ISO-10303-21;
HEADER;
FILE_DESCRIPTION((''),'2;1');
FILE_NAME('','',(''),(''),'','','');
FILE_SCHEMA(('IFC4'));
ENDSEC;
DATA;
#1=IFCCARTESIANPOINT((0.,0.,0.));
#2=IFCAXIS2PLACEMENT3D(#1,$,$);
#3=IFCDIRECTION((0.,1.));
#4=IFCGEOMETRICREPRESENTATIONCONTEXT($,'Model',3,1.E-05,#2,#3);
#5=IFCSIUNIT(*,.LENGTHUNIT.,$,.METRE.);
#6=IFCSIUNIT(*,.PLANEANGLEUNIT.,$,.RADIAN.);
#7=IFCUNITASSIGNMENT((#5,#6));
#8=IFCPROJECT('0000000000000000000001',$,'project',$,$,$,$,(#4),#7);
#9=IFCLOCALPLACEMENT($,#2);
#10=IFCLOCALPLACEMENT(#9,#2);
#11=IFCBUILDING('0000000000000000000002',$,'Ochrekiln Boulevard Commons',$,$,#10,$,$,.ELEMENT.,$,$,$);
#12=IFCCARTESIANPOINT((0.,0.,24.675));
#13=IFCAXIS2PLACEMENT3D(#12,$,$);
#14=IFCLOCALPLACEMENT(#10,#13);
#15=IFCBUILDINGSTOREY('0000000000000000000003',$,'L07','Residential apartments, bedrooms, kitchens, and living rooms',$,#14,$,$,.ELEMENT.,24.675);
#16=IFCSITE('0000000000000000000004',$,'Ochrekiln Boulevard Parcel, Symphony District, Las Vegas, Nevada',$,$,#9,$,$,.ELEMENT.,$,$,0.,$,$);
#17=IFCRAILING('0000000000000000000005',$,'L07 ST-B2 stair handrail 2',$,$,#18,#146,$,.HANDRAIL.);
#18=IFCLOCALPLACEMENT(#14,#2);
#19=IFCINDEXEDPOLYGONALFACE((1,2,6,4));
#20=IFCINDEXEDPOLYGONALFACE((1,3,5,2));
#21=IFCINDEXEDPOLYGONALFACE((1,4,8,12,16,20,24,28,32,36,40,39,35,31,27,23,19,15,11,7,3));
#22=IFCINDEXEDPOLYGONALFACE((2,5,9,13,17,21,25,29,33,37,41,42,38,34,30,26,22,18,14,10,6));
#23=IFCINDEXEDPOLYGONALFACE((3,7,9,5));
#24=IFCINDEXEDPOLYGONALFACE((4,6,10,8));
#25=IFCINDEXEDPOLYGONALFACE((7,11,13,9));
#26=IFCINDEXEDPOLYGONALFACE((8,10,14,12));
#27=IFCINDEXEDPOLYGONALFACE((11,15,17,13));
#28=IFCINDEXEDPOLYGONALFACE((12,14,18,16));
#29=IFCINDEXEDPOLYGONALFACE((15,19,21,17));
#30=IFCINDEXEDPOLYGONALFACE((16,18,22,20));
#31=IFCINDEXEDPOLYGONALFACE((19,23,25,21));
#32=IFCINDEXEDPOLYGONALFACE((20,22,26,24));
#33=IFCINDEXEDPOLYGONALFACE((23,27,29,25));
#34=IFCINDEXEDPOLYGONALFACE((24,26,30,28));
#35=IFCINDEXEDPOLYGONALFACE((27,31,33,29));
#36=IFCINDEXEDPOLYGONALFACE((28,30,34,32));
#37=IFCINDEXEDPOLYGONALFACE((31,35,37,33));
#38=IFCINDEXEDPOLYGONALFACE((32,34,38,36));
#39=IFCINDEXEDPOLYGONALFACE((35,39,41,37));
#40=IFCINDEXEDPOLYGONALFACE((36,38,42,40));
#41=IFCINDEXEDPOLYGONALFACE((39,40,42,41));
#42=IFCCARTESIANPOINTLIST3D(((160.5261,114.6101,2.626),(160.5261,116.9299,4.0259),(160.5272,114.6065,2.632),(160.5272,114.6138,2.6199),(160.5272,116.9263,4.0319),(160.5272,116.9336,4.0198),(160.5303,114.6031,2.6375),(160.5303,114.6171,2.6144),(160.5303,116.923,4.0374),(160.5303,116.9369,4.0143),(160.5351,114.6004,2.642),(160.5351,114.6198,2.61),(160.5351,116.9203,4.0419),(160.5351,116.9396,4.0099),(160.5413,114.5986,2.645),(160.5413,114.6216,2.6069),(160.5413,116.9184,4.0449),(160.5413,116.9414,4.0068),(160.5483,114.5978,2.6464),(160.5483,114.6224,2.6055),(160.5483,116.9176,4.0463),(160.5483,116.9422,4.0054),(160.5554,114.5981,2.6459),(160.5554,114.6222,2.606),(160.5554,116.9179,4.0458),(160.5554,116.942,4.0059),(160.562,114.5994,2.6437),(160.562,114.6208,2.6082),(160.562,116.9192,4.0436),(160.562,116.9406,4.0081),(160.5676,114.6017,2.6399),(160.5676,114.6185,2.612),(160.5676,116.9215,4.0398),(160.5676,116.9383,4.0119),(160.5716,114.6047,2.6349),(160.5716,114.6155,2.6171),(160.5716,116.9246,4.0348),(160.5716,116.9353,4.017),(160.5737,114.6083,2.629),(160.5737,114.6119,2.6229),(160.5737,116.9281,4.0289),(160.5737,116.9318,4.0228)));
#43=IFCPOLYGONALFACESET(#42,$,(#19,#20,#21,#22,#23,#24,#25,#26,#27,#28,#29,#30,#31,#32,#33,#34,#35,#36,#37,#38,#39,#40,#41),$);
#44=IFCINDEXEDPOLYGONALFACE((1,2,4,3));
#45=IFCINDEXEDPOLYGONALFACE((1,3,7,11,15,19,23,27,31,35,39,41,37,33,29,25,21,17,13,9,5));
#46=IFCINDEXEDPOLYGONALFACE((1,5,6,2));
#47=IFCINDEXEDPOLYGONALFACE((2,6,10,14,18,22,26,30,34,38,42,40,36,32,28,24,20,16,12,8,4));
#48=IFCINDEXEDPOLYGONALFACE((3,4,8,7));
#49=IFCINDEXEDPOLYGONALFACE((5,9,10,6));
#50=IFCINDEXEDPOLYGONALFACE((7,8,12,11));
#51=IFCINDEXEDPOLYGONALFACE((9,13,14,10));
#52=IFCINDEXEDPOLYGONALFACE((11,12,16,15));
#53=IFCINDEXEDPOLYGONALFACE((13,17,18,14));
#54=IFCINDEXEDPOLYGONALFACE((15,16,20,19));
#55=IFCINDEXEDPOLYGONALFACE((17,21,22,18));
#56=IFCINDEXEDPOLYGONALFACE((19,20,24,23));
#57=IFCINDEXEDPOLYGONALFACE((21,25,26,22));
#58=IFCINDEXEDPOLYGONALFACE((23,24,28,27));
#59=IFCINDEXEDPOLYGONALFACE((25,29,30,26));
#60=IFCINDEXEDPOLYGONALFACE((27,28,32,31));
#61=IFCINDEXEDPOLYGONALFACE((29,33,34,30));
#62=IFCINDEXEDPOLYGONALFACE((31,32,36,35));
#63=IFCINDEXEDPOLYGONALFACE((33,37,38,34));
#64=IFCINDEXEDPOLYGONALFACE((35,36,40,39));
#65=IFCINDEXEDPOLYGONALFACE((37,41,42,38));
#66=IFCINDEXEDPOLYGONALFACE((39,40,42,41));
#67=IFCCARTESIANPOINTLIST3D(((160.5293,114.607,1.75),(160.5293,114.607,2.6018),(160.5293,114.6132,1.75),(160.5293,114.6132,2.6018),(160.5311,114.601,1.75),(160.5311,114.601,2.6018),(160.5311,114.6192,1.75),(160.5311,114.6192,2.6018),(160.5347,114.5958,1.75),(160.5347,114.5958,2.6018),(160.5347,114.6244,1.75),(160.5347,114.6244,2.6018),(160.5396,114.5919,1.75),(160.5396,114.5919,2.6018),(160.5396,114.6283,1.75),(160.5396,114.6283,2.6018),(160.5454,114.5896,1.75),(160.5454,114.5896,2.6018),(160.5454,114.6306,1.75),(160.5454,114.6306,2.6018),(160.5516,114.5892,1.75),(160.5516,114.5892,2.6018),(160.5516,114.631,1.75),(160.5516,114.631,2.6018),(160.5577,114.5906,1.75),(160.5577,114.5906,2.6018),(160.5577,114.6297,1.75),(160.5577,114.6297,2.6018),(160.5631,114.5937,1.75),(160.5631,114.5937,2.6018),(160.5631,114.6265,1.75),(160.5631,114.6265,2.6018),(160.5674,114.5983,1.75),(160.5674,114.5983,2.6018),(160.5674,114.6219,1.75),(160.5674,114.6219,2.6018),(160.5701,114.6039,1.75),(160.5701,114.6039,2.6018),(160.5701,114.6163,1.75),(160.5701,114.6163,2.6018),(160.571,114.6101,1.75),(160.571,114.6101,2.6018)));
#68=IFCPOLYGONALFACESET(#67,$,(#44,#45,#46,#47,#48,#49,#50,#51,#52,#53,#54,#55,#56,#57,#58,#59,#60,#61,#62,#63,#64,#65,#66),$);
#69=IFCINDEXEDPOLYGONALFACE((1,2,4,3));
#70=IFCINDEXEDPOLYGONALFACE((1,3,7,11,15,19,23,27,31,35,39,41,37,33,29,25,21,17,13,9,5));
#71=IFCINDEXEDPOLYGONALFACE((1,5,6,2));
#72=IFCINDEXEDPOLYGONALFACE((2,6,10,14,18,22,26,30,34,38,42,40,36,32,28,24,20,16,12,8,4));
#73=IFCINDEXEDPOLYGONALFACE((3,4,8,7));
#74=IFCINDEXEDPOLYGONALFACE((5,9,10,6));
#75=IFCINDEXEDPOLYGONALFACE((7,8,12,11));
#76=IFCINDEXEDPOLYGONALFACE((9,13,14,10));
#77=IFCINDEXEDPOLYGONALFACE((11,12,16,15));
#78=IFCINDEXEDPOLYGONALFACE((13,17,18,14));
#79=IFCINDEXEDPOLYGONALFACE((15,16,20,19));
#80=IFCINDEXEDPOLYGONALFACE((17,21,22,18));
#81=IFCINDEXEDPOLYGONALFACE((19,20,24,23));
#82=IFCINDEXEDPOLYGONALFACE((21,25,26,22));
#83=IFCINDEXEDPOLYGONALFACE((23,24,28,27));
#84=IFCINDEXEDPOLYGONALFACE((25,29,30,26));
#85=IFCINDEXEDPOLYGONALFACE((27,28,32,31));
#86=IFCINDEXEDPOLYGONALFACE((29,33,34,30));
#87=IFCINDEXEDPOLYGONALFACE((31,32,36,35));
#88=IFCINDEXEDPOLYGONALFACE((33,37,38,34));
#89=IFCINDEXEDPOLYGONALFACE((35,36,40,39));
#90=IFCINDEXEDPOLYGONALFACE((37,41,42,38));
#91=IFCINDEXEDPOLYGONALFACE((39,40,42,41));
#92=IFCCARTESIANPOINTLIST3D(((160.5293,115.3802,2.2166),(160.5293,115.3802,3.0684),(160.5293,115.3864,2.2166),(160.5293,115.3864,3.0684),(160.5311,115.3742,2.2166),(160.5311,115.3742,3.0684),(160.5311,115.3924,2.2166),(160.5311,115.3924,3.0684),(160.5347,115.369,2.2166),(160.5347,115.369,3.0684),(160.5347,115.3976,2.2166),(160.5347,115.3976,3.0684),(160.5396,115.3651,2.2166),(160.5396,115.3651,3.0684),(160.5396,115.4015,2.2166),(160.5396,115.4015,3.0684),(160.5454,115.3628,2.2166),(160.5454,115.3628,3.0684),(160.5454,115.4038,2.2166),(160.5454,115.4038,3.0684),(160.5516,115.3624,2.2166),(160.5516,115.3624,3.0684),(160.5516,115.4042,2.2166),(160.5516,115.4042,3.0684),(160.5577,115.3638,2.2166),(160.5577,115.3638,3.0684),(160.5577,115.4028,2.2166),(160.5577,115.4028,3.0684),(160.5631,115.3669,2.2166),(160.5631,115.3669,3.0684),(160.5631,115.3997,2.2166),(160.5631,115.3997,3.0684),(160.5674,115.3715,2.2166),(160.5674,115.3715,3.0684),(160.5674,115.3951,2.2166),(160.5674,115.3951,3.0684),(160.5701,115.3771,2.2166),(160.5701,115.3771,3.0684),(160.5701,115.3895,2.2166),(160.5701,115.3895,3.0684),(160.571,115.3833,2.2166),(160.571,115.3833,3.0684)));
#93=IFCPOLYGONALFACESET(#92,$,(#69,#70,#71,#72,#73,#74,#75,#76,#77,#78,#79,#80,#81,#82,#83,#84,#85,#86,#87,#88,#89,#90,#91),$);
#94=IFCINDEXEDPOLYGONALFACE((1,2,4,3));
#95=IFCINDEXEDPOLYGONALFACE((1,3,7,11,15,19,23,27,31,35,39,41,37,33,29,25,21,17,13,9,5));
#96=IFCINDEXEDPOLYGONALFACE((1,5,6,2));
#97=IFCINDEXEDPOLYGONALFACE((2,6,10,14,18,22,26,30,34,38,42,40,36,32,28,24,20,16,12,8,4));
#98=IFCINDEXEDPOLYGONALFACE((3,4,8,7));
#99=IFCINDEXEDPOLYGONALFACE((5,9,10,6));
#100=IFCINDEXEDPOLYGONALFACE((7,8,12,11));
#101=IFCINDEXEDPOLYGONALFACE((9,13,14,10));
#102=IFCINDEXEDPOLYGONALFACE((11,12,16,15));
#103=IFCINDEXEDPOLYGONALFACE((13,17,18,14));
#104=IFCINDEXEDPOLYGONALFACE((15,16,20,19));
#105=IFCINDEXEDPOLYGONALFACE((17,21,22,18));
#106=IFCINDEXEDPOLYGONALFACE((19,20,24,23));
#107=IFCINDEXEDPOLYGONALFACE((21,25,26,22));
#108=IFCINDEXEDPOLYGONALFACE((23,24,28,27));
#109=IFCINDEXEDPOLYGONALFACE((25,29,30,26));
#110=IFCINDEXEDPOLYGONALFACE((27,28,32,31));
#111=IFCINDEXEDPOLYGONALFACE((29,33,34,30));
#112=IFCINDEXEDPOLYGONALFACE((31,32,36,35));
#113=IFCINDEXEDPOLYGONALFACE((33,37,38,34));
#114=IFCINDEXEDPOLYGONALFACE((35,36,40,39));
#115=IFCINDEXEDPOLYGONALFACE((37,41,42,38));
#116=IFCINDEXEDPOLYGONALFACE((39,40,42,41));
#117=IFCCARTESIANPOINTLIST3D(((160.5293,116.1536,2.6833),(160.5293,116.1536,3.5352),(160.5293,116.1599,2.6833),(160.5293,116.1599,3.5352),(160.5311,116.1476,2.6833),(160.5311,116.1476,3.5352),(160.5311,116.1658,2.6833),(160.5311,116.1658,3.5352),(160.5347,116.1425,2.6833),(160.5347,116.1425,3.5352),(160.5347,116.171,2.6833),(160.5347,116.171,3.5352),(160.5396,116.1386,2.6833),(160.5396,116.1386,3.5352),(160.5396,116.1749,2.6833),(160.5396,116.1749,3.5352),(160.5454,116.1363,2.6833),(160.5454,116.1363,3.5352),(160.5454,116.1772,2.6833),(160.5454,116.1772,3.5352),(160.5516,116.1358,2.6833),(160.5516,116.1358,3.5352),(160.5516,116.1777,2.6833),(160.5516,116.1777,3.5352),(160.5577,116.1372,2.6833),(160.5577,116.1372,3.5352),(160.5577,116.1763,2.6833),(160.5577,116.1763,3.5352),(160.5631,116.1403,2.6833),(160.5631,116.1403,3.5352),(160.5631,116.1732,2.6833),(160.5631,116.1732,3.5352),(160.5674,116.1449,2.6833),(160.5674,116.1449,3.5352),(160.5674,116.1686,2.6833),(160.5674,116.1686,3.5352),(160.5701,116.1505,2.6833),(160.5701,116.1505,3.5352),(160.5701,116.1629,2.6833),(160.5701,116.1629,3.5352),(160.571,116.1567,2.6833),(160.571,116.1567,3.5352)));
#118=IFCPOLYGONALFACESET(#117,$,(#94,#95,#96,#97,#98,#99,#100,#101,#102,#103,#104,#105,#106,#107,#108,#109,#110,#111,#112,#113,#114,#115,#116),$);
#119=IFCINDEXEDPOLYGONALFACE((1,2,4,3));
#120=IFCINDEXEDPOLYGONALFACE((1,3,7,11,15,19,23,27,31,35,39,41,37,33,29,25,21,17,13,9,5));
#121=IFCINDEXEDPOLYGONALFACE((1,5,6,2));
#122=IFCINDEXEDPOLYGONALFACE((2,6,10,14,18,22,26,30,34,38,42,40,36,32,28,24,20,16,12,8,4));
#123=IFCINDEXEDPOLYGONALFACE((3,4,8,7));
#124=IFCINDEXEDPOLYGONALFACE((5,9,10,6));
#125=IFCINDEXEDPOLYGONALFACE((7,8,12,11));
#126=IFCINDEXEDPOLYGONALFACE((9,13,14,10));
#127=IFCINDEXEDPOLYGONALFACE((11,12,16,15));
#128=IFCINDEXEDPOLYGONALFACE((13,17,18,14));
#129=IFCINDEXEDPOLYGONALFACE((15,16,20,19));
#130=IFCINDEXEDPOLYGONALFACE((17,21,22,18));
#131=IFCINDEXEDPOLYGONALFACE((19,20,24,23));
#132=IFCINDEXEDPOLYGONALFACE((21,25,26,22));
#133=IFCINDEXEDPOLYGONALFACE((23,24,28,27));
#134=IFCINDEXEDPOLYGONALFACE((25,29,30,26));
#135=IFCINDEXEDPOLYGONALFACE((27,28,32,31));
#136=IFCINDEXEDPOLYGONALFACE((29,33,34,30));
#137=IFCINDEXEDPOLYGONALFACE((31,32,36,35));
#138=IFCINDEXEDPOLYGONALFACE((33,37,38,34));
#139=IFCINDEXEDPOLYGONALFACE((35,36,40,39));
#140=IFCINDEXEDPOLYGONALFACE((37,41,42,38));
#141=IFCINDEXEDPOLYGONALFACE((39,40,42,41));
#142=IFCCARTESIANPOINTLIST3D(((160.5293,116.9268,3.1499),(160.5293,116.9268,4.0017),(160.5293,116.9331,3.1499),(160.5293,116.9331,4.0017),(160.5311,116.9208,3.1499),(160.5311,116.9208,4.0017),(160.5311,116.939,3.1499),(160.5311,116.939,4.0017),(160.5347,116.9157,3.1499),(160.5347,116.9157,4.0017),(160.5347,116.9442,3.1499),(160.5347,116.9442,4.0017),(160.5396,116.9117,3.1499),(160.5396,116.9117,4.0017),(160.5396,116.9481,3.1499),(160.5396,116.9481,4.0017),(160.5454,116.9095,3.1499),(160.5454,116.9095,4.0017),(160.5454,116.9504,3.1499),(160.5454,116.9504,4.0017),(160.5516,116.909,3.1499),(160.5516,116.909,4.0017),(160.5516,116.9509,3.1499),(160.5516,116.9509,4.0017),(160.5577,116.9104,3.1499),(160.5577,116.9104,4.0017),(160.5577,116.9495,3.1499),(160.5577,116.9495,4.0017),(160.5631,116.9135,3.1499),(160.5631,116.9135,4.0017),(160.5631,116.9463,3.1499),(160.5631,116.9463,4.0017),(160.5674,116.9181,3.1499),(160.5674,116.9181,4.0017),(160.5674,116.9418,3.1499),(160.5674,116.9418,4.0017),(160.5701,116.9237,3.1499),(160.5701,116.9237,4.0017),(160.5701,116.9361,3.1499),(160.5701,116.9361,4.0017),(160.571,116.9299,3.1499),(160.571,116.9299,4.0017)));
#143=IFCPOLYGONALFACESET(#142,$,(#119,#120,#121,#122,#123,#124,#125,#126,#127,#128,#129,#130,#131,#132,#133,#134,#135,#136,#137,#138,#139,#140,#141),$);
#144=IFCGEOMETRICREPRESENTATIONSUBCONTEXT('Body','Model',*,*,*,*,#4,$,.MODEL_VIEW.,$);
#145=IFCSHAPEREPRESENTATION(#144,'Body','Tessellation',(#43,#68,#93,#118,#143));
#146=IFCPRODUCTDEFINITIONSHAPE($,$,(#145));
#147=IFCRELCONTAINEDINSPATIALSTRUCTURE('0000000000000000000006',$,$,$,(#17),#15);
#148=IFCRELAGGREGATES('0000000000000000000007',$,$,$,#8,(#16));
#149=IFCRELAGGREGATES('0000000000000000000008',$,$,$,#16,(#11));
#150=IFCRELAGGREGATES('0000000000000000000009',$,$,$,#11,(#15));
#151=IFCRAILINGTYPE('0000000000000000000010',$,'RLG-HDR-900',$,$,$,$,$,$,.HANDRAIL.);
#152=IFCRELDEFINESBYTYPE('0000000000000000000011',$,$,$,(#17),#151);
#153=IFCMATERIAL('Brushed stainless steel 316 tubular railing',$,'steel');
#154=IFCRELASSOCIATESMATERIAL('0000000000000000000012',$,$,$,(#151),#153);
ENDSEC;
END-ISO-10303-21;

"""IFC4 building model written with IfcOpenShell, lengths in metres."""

from ifc_helpers import new_model, si_unit, direction, frame, origin, origin_2d, place, context, subcontext, project, spatial, circle, extrude, material, type_object, element, save


model = new_model("IFC4")

# Units and contexts
model_context = context("Model", 3, precision=1e-05, world=origin(), true_north=direction((0.0, 1.0)))
body_context = subcontext(model_context, "Body", "Model", "MODEL_VIEW")
ifc_project = project(units=[si_unit("LENGTHUNIT", "METRE"), si_unit("PLANEANGLEUNIT", "RADIAN")], contexts=[model_context])

# Site, building, storey
site_placement = place(None, origin())
site = spatial("IfcSite", under=ifc_project, at=site_placement, Name="Ochrekiln Boulevard Parcel, Symphony District, Las Vegas, Nevada", CompositionType="ELEMENT", RefElevation=0.0)
building_placement = place(site_placement, origin())
building = spatial("IfcBuilding", under=site, at=building_placement, Name="Ochrekiln Boulevard Commons", CompositionType="ELEMENT")
storey_placement = place(building_placement, frame((0.0, 0.0, 24.675)))
storey = spatial("IfcBuildingStorey", under=building, at=storey_placement, Name="L07", Description="Residential apartments, bedrooms, kitchens, and living rooms", CompositionType="ELEMENT", Elevation=24.675)

# Railing
ifc_material_1 = material(Name="Brushed stainless steel 316 tubular railing", Category="steel")
railing_type = type_object("IfcRailingType", Name="RLG-HDR-900", PredefinedType="HANDRAIL", material=ifc_material_1)
railing_placement = place(storey_placement, frame((160.55, 114.6101, 1.75)))
element("IfcRailing", 1, at=railing_placement, inside=storey, type_object=railing_type, Name="L07 ST-B2 stair handrail 2", PredefinedType="HANDRAIL", context=body_context, shape_type="SweptSolid", body=[
    extrude(circle(Radius=0.0239, at=origin_2d()), frame((0.0, 0.0, 0.876), z_axis=(0.0, 0.856186, 0.516667), x_axis=(-1.0, 0.0, 0.0)), (0.0, 0.0, 1.0), 2.7095),
    extrude(circle(Radius=0.021, at=origin_2d()), origin(), (0.0, 0.0, 1.0), 0.8518),
    extrude(circle(Radius=0.021, at=origin_2d()), frame((0.0, 0.7732, 0.4666)), (0.0, 0.0, 1.0), 0.8518),
    extrude(circle(Radius=0.021, at=origin_2d()), frame((0.0, 1.5466, 0.9333)), (0.0, 0.0, 1.0), 0.8518),
    extrude(circle(Radius=0.021, at=origin_2d()), frame((0.0, 2.3198, 1.3999)), (0.0, 0.0, 1.0), 0.8518),
])

save(model, "model.ifc")
